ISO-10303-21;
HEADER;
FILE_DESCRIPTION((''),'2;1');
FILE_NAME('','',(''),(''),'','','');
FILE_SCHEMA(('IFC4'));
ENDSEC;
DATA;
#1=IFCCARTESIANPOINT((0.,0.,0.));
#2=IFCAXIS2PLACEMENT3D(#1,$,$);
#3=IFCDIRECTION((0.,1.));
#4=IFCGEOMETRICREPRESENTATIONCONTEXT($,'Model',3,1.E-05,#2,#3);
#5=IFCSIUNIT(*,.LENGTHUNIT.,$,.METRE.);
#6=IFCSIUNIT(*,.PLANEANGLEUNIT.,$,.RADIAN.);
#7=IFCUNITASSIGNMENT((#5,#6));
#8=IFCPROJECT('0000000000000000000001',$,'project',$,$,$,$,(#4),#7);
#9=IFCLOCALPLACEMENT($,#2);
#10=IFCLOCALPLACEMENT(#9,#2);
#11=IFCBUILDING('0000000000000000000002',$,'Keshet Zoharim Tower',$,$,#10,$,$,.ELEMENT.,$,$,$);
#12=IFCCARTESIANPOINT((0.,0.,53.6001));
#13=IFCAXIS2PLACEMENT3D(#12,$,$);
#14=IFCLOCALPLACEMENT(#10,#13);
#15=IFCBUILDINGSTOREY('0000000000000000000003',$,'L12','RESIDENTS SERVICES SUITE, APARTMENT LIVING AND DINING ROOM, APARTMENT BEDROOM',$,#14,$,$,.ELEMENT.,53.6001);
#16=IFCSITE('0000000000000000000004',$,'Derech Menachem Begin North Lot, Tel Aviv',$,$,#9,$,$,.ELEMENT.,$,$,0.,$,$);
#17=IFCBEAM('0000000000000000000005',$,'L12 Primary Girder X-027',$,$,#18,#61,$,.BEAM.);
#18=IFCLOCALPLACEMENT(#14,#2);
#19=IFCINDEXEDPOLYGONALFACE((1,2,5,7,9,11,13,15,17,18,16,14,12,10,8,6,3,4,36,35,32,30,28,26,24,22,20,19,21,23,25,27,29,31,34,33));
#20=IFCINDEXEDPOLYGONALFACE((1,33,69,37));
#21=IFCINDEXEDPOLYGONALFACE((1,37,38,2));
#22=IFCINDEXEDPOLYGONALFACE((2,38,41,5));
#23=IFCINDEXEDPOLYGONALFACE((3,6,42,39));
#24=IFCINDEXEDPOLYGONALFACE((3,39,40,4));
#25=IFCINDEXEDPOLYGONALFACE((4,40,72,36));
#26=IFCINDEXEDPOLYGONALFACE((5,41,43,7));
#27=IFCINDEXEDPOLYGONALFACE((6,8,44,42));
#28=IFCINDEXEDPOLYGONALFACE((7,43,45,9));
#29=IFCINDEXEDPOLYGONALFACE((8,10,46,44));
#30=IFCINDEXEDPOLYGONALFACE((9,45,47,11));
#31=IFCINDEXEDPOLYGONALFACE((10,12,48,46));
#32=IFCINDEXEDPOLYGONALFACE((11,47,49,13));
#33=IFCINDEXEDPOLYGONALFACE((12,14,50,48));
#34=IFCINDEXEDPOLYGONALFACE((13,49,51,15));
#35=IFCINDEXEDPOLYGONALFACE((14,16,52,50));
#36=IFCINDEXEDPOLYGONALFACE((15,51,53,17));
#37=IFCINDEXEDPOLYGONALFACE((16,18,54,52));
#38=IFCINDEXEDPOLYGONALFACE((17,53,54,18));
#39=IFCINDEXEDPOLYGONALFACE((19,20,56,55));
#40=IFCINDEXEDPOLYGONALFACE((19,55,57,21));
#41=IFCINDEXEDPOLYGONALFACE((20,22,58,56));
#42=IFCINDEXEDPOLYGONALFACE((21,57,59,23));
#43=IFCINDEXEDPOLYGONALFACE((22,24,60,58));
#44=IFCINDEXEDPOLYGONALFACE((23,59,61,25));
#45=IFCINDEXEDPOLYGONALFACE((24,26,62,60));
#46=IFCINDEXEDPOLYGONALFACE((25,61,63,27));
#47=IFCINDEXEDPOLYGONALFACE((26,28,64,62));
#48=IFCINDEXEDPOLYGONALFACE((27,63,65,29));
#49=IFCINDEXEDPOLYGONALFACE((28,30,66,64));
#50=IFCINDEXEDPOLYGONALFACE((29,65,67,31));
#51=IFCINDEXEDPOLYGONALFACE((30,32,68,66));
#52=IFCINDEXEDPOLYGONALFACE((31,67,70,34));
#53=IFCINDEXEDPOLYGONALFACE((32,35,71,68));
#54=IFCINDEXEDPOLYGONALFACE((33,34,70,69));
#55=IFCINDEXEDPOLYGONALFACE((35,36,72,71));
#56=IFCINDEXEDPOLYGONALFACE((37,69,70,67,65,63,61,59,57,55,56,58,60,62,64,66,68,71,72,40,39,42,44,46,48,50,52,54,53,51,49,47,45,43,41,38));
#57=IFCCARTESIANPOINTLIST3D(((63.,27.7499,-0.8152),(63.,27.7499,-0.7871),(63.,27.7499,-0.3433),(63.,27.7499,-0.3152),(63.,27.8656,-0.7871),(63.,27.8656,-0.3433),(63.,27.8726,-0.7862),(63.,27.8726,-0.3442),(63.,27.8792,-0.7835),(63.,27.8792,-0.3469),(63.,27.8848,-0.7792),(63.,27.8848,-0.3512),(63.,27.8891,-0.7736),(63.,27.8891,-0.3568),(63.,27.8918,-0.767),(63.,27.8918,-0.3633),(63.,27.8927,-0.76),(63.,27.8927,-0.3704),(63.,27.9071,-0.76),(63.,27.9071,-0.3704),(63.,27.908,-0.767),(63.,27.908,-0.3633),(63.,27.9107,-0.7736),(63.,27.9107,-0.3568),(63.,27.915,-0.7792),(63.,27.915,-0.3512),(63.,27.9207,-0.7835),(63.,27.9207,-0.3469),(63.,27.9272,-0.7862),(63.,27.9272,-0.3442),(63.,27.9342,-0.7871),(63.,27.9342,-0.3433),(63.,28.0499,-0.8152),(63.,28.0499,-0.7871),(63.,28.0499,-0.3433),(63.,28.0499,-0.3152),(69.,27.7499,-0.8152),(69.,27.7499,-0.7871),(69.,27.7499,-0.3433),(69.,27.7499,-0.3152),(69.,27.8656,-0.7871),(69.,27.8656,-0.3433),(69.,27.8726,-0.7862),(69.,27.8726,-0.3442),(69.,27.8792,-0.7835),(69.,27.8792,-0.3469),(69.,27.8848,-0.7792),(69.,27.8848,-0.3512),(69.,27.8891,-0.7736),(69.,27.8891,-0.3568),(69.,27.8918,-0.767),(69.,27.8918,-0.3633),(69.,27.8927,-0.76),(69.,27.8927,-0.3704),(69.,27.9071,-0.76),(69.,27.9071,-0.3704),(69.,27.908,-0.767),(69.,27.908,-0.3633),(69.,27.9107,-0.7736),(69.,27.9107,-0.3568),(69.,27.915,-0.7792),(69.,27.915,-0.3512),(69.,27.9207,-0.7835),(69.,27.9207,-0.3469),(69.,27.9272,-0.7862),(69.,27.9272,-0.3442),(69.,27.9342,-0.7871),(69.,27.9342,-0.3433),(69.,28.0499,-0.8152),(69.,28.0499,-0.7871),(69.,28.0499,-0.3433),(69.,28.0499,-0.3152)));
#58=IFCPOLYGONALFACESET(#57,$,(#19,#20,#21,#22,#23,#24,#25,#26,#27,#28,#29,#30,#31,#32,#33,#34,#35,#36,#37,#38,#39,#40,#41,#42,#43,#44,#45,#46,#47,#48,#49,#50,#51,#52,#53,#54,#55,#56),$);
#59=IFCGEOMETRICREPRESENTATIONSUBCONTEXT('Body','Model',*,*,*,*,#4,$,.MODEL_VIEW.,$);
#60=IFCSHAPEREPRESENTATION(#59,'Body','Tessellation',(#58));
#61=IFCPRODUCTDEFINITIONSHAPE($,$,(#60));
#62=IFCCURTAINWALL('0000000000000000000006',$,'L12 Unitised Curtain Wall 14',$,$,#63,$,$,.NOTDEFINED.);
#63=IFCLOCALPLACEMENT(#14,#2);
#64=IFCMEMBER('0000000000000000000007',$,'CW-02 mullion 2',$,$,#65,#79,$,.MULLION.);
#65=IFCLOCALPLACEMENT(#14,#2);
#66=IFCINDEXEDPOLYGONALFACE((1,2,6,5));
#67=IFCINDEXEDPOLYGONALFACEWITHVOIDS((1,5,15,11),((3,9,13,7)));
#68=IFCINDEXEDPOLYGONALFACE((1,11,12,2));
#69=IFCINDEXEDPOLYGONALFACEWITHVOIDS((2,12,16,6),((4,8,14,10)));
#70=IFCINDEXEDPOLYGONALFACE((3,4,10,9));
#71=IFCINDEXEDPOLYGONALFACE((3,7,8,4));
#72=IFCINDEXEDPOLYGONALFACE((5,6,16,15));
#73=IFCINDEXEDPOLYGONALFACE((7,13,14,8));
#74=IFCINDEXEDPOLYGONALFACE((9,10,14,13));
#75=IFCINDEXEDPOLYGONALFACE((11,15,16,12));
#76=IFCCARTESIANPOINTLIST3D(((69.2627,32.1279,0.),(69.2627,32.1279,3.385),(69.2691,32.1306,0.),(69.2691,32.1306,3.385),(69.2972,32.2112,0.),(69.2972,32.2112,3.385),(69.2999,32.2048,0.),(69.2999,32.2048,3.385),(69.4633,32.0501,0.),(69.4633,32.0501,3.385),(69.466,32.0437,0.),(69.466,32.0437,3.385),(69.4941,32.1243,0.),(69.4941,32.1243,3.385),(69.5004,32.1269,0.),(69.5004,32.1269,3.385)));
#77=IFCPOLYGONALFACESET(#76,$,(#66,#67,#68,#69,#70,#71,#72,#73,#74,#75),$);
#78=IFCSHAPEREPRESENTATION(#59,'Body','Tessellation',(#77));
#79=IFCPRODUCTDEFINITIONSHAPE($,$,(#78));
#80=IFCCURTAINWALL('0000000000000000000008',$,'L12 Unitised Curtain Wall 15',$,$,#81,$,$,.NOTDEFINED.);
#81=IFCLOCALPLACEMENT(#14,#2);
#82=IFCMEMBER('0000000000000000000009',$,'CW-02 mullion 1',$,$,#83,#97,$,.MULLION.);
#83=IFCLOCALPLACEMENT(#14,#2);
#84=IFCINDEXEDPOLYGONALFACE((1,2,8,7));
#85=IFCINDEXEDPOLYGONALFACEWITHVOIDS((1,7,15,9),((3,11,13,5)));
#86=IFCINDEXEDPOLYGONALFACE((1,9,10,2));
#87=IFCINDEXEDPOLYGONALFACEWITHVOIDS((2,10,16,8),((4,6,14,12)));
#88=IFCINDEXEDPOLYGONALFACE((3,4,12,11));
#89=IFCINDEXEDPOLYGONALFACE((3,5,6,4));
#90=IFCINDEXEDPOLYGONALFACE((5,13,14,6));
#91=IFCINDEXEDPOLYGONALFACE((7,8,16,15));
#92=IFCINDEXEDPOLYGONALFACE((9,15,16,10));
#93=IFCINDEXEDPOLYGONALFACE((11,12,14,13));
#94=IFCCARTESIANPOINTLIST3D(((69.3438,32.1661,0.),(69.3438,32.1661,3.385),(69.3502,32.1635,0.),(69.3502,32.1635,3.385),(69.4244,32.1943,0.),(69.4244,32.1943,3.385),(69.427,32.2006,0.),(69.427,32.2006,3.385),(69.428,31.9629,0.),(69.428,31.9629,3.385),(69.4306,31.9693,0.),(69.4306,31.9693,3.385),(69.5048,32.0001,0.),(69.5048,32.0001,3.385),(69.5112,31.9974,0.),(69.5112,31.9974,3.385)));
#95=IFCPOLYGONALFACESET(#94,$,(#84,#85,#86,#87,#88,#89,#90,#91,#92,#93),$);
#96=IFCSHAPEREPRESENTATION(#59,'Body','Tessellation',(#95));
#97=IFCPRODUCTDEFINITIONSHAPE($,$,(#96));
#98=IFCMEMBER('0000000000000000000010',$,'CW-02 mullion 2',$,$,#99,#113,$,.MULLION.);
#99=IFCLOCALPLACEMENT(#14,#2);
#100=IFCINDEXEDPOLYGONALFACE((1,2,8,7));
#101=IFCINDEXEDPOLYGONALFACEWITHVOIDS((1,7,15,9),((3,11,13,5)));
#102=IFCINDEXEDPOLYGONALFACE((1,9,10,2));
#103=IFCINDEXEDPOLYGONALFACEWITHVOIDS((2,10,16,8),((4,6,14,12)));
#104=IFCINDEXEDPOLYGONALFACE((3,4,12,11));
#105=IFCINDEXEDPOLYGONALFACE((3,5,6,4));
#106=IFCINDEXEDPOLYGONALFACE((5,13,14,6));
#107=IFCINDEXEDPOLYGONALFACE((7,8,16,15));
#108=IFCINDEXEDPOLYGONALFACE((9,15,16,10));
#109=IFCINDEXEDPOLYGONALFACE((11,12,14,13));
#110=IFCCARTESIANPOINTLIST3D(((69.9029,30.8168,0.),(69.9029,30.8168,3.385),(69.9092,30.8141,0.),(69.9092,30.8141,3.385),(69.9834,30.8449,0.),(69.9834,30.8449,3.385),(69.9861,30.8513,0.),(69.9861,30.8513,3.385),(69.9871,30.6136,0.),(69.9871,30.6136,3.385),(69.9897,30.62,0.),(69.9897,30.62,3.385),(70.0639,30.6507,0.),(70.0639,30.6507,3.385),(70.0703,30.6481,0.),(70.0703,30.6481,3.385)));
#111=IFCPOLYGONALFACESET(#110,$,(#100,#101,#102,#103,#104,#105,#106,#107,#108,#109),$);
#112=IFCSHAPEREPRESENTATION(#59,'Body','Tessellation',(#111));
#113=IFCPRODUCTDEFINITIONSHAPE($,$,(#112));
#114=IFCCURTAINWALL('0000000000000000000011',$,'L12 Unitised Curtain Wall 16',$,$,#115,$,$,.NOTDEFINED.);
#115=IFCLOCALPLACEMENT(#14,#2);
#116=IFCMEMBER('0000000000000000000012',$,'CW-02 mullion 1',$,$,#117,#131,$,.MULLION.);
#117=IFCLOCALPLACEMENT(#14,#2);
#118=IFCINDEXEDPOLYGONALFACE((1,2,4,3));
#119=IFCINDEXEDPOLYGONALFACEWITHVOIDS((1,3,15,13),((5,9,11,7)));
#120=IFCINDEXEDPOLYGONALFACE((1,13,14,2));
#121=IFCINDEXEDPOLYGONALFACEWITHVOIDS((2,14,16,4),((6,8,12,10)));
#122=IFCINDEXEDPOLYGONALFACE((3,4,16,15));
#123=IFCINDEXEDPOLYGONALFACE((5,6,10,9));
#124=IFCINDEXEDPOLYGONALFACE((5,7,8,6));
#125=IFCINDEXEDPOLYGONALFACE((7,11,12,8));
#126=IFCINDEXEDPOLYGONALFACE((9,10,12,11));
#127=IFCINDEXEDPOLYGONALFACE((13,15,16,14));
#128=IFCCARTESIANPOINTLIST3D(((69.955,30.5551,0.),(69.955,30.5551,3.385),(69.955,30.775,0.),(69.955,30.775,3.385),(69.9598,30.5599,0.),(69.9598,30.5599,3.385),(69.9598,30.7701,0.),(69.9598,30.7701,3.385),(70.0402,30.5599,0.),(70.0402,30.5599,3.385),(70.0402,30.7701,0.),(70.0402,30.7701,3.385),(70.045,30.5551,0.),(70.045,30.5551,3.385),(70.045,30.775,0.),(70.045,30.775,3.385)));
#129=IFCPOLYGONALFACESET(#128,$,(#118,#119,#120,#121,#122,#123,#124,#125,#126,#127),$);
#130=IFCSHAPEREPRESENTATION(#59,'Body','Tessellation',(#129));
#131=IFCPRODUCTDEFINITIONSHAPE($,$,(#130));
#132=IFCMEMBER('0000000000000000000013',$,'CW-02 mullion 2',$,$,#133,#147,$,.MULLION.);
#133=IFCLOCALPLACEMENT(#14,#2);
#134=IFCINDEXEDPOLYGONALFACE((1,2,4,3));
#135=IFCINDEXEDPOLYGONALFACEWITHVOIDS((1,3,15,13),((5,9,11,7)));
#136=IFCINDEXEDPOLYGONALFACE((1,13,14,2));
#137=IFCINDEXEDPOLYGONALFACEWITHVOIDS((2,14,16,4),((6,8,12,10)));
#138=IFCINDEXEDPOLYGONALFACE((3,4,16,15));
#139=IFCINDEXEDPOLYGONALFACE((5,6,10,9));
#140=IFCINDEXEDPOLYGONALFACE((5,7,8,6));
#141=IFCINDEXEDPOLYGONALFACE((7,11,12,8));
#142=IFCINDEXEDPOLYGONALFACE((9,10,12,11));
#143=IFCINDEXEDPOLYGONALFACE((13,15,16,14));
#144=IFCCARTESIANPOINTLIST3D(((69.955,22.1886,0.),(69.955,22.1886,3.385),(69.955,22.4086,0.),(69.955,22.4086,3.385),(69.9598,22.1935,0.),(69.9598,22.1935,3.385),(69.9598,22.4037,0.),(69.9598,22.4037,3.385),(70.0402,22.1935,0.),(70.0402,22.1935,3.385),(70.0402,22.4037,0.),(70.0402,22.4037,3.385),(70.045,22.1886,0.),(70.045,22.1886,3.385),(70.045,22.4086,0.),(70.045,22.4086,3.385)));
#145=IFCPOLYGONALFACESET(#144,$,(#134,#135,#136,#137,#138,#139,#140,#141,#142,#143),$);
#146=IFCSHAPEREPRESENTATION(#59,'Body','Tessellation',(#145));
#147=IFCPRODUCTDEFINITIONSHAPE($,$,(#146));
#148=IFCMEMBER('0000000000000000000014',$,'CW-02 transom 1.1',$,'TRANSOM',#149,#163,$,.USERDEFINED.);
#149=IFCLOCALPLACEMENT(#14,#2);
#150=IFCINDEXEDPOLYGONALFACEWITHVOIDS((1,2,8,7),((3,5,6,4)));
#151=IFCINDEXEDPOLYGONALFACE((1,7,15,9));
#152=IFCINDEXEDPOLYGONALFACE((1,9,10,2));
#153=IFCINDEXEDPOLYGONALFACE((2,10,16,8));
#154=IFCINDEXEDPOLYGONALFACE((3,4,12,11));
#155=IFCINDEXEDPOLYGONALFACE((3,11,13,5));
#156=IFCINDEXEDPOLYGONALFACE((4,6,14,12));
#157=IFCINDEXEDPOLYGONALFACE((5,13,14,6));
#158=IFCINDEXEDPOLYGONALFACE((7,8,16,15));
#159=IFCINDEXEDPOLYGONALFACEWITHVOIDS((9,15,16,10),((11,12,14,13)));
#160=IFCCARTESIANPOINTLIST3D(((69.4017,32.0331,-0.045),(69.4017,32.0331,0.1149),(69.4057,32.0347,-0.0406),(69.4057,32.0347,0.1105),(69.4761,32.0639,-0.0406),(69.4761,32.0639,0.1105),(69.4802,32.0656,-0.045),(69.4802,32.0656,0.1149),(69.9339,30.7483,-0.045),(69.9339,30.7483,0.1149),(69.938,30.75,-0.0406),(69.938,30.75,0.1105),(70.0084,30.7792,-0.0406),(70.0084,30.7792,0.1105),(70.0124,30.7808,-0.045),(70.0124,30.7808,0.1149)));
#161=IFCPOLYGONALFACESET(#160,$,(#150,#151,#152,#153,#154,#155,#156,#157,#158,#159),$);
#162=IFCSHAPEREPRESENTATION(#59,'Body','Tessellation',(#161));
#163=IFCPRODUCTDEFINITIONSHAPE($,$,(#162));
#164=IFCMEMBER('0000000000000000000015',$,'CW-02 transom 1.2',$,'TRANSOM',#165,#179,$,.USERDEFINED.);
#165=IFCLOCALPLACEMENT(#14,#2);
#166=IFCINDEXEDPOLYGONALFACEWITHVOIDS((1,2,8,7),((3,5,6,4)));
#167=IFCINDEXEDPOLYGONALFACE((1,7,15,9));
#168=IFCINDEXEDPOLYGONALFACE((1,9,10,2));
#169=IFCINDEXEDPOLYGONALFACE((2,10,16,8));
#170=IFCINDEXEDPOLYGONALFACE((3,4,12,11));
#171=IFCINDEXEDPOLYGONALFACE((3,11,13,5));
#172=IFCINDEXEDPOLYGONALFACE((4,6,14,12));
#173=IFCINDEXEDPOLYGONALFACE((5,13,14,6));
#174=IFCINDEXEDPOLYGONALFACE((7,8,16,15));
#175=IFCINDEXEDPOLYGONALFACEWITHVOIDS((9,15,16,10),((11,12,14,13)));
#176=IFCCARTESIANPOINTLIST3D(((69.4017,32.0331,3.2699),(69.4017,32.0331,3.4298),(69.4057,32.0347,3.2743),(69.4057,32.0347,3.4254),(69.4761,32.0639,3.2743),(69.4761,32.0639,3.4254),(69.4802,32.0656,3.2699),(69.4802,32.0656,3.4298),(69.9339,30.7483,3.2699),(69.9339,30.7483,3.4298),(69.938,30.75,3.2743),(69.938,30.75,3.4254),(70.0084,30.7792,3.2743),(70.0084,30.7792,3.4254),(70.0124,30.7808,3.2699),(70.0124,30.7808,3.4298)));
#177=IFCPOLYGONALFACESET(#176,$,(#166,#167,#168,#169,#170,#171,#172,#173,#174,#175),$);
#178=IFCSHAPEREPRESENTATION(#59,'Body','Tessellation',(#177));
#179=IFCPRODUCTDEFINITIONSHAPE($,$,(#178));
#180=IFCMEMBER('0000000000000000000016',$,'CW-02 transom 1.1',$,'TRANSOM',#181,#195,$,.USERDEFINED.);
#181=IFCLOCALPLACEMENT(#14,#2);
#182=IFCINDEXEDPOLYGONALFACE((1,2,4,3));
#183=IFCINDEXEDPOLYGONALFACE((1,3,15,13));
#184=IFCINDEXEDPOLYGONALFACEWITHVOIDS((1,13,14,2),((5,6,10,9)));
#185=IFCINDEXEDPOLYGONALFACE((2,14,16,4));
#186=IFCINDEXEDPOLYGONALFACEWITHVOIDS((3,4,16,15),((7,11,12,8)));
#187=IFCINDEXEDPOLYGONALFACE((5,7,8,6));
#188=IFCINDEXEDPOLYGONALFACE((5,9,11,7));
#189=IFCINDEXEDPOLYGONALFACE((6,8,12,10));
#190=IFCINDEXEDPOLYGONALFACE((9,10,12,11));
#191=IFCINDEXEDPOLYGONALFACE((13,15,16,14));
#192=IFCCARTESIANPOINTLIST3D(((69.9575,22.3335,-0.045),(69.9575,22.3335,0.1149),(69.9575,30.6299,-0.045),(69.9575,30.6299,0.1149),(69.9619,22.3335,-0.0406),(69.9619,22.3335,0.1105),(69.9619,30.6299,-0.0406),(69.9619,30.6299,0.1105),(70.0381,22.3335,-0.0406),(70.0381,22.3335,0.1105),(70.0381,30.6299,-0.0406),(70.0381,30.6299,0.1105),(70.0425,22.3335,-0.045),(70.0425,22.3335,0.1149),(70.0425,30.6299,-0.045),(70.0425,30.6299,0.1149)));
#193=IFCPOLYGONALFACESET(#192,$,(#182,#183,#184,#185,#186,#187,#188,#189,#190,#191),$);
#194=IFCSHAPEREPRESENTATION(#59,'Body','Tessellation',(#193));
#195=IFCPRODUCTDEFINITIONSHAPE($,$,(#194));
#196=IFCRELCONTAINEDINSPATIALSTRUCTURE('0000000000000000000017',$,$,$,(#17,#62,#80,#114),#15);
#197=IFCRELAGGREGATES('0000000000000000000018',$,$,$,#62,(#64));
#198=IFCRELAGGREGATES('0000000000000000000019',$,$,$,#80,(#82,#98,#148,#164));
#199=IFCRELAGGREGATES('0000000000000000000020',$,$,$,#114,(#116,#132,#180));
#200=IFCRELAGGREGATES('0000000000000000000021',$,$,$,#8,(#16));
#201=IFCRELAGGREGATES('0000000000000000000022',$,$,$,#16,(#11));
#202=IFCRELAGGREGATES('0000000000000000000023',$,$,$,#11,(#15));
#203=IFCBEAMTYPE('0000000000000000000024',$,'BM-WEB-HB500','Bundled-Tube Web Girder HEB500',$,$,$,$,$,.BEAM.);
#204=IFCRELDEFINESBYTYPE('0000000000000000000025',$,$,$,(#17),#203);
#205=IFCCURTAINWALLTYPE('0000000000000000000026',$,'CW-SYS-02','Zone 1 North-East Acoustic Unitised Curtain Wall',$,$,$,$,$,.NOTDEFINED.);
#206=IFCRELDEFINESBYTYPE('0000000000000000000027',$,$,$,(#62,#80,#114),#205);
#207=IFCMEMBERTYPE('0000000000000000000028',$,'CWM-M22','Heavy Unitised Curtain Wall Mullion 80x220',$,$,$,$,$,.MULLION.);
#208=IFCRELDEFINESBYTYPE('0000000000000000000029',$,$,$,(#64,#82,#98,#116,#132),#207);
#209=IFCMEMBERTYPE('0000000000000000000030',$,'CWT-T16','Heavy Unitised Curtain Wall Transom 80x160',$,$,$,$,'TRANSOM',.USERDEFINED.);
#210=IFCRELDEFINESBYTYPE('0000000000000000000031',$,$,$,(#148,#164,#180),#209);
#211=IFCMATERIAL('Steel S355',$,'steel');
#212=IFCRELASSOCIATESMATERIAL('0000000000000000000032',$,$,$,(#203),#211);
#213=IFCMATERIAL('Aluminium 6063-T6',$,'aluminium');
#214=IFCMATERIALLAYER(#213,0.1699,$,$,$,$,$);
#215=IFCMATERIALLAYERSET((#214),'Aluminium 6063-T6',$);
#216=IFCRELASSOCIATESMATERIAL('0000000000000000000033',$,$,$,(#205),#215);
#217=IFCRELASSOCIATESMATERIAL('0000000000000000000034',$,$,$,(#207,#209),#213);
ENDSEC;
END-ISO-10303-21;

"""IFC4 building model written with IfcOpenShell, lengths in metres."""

from ifc_helpers import new_model, si_unit, direction, frame, origin, origin_2d, place, context, subcontext, project, spatial, hollow_rectangle, i_section, extrude, material, layer, layer_set, material_profile, profile_set, type_object, element, aggregate, save


model = new_model("IFC4")

# Units and contexts
model_context = context("Model", 3, precision=1e-05, world=origin(), true_north=direction((0.0, 1.0)))
body_context = subcontext(model_context, "Body", "Model", "MODEL_VIEW")
ifc_project = project(units=[si_unit("LENGTHUNIT", "METRE"), si_unit("PLANEANGLEUNIT", "RADIAN")], contexts=[model_context])

# Site, building, storey
site_placement = place(None, origin())
site = spatial("IfcSite", under=ifc_project, at=site_placement, Name="Derech Menachem Begin North Lot, Tel Aviv", CompositionType="ELEMENT", RefElevation=0.0)
building_placement = place(site_placement, origin())
building = spatial("IfcBuilding", under=site, at=building_placement, Name="Keshet Zoharim Tower", CompositionType="ELEMENT")
storey_placement = place(building_placement, frame((0.0, 0.0, 53.6001)))
storey = spatial("IfcBuildingStorey", under=building, at=storey_placement, Name="L12", Description="RESIDENTS SERVICES SUITE, APARTMENT LIVING AND DINING ROOM, APARTMENT BEDROOM", CompositionType="ELEMENT", Elevation=53.6001)

# Shared definitions
ifc_material_1 = material(Name="Steel S355", Category="steel")

# Beam
ifc_material_profile_1 = material_profile(ifc_material_1, i_section(OverallWidth=0.3, OverallDepth=0.5, WebThickness=0.0144, FlangeThickness=0.0281, FilletRadius=0.0271, at=origin_2d()), Name="HEB500")
ifc_profile_set_1 = profile_set([ifc_material_profile_1], Name="Steel S355")
beam_type_1 = type_object("IfcBeamType", Name="BM-WEB-HB500", Description="Bundled-Tube Web Girder HEB500", PredefinedType="BEAM", material=ifc_profile_set_1)
for number, where, z_axis, x_axis, name in (
    (1, (63.0, 27.8999, -0.5652), (1.0, 0.0, 0.0), (0.0, 1.0, 0.0), "L12 Primary Girder X-027"),
):
    element("IfcBeam", number, at=place(storey_placement, frame(where, z_axis=z_axis, x_axis=x_axis)), inside=storey, type_object=beam_type_1, Name=name, PredefinedType="BEAM", context=body_context, shape_type="SweptSolid", body=[
        extrude(i_section(OverallWidth=0.3, OverallDepth=0.5, WebThickness=0.0144, FlangeThickness=0.0281, FilletRadius=0.0271, at=origin_2d()), origin(), (0.0, 0.0, 1.0), 6.0),
    ])

# Curtain wall, member
ifc_material_2 = material(Name="Aluminium 6063-T6", Category="aluminium")
ifc_layer_1 = layer(ifc_material_2, 0.1699)
ifc_layer_set_1 = layer_set([ifc_layer_1], Name="Aluminium 6063-T6")
curtain_wall_type = type_object("IfcCurtainWallType", Name="CW-SYS-02", Description="Zone 1 North-East Acoustic Unitised Curtain Wall", PredefinedType="NOTDEFINED", material=ifc_layer_set_1)
curtain_wall_1_placement = place(storey_placement, origin())
curtain_wall_1 = element("IfcCurtainWall", 2, at=curtain_wall_1_placement, inside=storey, type_object=curtain_wall_type, Name="L12 Unitised Curtain Wall 14", PredefinedType="NOTDEFINED")
ifc_material_profile_2 = material_profile(ifc_material_2, hollow_rectangle(XDim=0.0901, YDim=0.22, WallThickness=0.0049, at=origin_2d()), Name="MUL-90x220")
ifc_profile_set_2 = profile_set([ifc_material_profile_2], Name="Aluminium 6063-T6")
member_type_1 = type_object("IfcMemberType", Name="CWM-M22", Description="Heavy Unitised Curtain Wall Mullion 80x220", PredefinedType="MULLION", material=ifc_profile_set_2)
member_1_placement = place(storey_placement, frame((69.3816, 32.1274, 0.0), z_axis=(0.0, 0.0, 1.0), x_axis=(0.382852, 0.92381, 0.0)))
member_1 = element("IfcMember", 3, at=member_1_placement, type_object=member_type_1, Name="CW-02 mullion 2", PredefinedType="MULLION", context=body_context, shape_type="SweptSolid", body=[
    extrude(hollow_rectangle(XDim=0.0901, YDim=0.22, WallThickness=0.0049, at=origin_2d()), origin(), (0.0, 0.0, 1.0), 3.385),
])
aggregate(curtain_wall_1, [member_1])

# Curtain walls, members
curtain_wall_2_placement = place(storey_placement, origin())
curtain_wall_2 = element("IfcCurtainWall", 4, at=curtain_wall_2_placement, inside=storey, type_object=curtain_wall_type, Name="L12 Unitised Curtain Wall 15", PredefinedType="NOTDEFINED")
member_2_placement = place(storey_placement, frame((69.4275, 32.0818, 0.0), z_axis=(0.0, 0.0, 1.0), x_axis=(0.92381, 0.382852, 0.0)))
member_2 = element("IfcMember", 5, at=member_2_placement, type_object=member_type_1, Name="CW-02 mullion 1", PredefinedType="MULLION", context=body_context, shape_type="SweptSolid", body=[
    extrude(hollow_rectangle(XDim=0.0901, YDim=0.22, WallThickness=0.0049, at=origin_2d()), origin(), (0.0, 0.0, 1.0), 3.385),
])
member_3_placement = place(storey_placement, frame((69.9866, 30.7324, 0.0), z_axis=(0.0, 0.0, 1.0), x_axis=(0.92381, 0.382852, 0.0)))
member_3 = element("IfcMember", 6, at=member_3_placement, type_object=member_type_1, Name="CW-02 mullion 2", PredefinedType="MULLION", context=body_context, shape_type="SweptSolid", body=[
    extrude(hollow_rectangle(XDim=0.0901, YDim=0.22, WallThickness=0.0049, at=origin_2d()), origin(), (0.0, 0.0, 1.0), 3.385),
])
curtain_wall_3_placement = place(storey_placement, origin())
curtain_wall_3 = element("IfcCurtainWall", 7, at=curtain_wall_3_placement, inside=storey, type_object=curtain_wall_type, Name="L12 Unitised Curtain Wall 16", PredefinedType="NOTDEFINED")
member_4_placement = place(storey_placement, frame((70.0, 30.665, 0.0), z_axis=(0.0, 0.0, 1.0), x_axis=(1.0, 0.0, 0.0)))
member_4 = element("IfcMember", 8, at=member_4_placement, type_object=member_type_1, Name="CW-02 mullion 1", PredefinedType="MULLION", context=body_context, shape_type="SweptSolid", body=[
    extrude(hollow_rectangle(XDim=0.0901, YDim=0.22, WallThickness=0.0049, at=origin_2d()), origin(), (0.0, 0.0, 1.0), 3.385),
])
member_5_placement = place(storey_placement, frame((70.0, 22.2986, 0.0), z_axis=(0.0, 0.0, 1.0), x_axis=(1.0, 0.0, 0.0)))
member_5 = element("IfcMember", 9, at=member_5_placement, type_object=member_type_1, Name="CW-02 mullion 2", PredefinedType="MULLION", context=body_context, shape_type="SweptSolid", body=[
    extrude(hollow_rectangle(XDim=0.0901, YDim=0.22, WallThickness=0.0049, at=origin_2d()), origin(), (0.0, 0.0, 1.0), 3.385),
])

# Members
ifc_material_profile_3 = material_profile(ifc_material_2, hollow_rectangle(XDim=0.085, YDim=0.1599, WallThickness=0.0044, at=origin_2d()), Name="TRN-85x160")
ifc_profile_set_3 = profile_set([ifc_material_profile_3], Name="Aluminium 6063-T6")
member_type_2 = type_object("IfcMemberType", Name="CWT-T16", Description="Heavy Unitised Curtain Wall Transom 80x160", ElementType="TRANSOM", PredefinedType="USERDEFINED", material=ifc_profile_set_3)
member_6_placement = place(storey_placement, frame((69.4409, 32.0493, 0.0349), z_axis=(0.382745, -0.923854, 0.0), x_axis=(0.923854, 0.382745, 0.0)))
member_6 = element("IfcMember", 10, at=member_6_placement, type_object=member_type_2, Name="CW-02 transom 1.1", ObjectType="TRANSOM", PredefinedType="USERDEFINED", context=body_context, shape_type="SweptSolid", body=[
    extrude(hollow_rectangle(XDim=0.085, YDim=0.1599, WallThickness=0.0044, at=origin_2d()), origin(), (0.0, 0.0, 1.0), 1.3906),
])
member_7_placement = place(storey_placement, frame((69.4409, 32.0493, 3.3499), z_axis=(0.382745, -0.923854, 0.0), x_axis=(0.923854, 0.382745, 0.0)))
member_7 = element("IfcMember", 11, at=member_7_placement, type_object=member_type_2, Name="CW-02 transom 1.2", ObjectType="TRANSOM", PredefinedType="USERDEFINED", context=body_context, shape_type="SweptSolid", body=[
    extrude(hollow_rectangle(XDim=0.085, YDim=0.1599, WallThickness=0.0044, at=origin_2d()), origin(), (0.0, 0.0, 1.0), 1.3906),
])
member_8_placement = place(storey_placement, frame((70.0, 30.6299, 0.0349), z_axis=(0.0, -1.0, 0.0), x_axis=(1.0, 0.0, 0.0)))
member_8 = element("IfcMember", 12, at=member_8_placement, type_object=member_type_2, Name="CW-02 transom 1.1", ObjectType="TRANSOM", PredefinedType="USERDEFINED", context=body_context, shape_type="SweptSolid", body=[
    extrude(hollow_rectangle(XDim=0.085, YDim=0.1599, WallThickness=0.0044, at=origin_2d()), origin(), (0.0, 0.0, 1.0), 8.2964),
])

aggregate(curtain_wall_2, [member_2, member_3, member_6, member_7])
aggregate(curtain_wall_3, [member_4, member_5, member_8])

save(model, "model.ifc")
